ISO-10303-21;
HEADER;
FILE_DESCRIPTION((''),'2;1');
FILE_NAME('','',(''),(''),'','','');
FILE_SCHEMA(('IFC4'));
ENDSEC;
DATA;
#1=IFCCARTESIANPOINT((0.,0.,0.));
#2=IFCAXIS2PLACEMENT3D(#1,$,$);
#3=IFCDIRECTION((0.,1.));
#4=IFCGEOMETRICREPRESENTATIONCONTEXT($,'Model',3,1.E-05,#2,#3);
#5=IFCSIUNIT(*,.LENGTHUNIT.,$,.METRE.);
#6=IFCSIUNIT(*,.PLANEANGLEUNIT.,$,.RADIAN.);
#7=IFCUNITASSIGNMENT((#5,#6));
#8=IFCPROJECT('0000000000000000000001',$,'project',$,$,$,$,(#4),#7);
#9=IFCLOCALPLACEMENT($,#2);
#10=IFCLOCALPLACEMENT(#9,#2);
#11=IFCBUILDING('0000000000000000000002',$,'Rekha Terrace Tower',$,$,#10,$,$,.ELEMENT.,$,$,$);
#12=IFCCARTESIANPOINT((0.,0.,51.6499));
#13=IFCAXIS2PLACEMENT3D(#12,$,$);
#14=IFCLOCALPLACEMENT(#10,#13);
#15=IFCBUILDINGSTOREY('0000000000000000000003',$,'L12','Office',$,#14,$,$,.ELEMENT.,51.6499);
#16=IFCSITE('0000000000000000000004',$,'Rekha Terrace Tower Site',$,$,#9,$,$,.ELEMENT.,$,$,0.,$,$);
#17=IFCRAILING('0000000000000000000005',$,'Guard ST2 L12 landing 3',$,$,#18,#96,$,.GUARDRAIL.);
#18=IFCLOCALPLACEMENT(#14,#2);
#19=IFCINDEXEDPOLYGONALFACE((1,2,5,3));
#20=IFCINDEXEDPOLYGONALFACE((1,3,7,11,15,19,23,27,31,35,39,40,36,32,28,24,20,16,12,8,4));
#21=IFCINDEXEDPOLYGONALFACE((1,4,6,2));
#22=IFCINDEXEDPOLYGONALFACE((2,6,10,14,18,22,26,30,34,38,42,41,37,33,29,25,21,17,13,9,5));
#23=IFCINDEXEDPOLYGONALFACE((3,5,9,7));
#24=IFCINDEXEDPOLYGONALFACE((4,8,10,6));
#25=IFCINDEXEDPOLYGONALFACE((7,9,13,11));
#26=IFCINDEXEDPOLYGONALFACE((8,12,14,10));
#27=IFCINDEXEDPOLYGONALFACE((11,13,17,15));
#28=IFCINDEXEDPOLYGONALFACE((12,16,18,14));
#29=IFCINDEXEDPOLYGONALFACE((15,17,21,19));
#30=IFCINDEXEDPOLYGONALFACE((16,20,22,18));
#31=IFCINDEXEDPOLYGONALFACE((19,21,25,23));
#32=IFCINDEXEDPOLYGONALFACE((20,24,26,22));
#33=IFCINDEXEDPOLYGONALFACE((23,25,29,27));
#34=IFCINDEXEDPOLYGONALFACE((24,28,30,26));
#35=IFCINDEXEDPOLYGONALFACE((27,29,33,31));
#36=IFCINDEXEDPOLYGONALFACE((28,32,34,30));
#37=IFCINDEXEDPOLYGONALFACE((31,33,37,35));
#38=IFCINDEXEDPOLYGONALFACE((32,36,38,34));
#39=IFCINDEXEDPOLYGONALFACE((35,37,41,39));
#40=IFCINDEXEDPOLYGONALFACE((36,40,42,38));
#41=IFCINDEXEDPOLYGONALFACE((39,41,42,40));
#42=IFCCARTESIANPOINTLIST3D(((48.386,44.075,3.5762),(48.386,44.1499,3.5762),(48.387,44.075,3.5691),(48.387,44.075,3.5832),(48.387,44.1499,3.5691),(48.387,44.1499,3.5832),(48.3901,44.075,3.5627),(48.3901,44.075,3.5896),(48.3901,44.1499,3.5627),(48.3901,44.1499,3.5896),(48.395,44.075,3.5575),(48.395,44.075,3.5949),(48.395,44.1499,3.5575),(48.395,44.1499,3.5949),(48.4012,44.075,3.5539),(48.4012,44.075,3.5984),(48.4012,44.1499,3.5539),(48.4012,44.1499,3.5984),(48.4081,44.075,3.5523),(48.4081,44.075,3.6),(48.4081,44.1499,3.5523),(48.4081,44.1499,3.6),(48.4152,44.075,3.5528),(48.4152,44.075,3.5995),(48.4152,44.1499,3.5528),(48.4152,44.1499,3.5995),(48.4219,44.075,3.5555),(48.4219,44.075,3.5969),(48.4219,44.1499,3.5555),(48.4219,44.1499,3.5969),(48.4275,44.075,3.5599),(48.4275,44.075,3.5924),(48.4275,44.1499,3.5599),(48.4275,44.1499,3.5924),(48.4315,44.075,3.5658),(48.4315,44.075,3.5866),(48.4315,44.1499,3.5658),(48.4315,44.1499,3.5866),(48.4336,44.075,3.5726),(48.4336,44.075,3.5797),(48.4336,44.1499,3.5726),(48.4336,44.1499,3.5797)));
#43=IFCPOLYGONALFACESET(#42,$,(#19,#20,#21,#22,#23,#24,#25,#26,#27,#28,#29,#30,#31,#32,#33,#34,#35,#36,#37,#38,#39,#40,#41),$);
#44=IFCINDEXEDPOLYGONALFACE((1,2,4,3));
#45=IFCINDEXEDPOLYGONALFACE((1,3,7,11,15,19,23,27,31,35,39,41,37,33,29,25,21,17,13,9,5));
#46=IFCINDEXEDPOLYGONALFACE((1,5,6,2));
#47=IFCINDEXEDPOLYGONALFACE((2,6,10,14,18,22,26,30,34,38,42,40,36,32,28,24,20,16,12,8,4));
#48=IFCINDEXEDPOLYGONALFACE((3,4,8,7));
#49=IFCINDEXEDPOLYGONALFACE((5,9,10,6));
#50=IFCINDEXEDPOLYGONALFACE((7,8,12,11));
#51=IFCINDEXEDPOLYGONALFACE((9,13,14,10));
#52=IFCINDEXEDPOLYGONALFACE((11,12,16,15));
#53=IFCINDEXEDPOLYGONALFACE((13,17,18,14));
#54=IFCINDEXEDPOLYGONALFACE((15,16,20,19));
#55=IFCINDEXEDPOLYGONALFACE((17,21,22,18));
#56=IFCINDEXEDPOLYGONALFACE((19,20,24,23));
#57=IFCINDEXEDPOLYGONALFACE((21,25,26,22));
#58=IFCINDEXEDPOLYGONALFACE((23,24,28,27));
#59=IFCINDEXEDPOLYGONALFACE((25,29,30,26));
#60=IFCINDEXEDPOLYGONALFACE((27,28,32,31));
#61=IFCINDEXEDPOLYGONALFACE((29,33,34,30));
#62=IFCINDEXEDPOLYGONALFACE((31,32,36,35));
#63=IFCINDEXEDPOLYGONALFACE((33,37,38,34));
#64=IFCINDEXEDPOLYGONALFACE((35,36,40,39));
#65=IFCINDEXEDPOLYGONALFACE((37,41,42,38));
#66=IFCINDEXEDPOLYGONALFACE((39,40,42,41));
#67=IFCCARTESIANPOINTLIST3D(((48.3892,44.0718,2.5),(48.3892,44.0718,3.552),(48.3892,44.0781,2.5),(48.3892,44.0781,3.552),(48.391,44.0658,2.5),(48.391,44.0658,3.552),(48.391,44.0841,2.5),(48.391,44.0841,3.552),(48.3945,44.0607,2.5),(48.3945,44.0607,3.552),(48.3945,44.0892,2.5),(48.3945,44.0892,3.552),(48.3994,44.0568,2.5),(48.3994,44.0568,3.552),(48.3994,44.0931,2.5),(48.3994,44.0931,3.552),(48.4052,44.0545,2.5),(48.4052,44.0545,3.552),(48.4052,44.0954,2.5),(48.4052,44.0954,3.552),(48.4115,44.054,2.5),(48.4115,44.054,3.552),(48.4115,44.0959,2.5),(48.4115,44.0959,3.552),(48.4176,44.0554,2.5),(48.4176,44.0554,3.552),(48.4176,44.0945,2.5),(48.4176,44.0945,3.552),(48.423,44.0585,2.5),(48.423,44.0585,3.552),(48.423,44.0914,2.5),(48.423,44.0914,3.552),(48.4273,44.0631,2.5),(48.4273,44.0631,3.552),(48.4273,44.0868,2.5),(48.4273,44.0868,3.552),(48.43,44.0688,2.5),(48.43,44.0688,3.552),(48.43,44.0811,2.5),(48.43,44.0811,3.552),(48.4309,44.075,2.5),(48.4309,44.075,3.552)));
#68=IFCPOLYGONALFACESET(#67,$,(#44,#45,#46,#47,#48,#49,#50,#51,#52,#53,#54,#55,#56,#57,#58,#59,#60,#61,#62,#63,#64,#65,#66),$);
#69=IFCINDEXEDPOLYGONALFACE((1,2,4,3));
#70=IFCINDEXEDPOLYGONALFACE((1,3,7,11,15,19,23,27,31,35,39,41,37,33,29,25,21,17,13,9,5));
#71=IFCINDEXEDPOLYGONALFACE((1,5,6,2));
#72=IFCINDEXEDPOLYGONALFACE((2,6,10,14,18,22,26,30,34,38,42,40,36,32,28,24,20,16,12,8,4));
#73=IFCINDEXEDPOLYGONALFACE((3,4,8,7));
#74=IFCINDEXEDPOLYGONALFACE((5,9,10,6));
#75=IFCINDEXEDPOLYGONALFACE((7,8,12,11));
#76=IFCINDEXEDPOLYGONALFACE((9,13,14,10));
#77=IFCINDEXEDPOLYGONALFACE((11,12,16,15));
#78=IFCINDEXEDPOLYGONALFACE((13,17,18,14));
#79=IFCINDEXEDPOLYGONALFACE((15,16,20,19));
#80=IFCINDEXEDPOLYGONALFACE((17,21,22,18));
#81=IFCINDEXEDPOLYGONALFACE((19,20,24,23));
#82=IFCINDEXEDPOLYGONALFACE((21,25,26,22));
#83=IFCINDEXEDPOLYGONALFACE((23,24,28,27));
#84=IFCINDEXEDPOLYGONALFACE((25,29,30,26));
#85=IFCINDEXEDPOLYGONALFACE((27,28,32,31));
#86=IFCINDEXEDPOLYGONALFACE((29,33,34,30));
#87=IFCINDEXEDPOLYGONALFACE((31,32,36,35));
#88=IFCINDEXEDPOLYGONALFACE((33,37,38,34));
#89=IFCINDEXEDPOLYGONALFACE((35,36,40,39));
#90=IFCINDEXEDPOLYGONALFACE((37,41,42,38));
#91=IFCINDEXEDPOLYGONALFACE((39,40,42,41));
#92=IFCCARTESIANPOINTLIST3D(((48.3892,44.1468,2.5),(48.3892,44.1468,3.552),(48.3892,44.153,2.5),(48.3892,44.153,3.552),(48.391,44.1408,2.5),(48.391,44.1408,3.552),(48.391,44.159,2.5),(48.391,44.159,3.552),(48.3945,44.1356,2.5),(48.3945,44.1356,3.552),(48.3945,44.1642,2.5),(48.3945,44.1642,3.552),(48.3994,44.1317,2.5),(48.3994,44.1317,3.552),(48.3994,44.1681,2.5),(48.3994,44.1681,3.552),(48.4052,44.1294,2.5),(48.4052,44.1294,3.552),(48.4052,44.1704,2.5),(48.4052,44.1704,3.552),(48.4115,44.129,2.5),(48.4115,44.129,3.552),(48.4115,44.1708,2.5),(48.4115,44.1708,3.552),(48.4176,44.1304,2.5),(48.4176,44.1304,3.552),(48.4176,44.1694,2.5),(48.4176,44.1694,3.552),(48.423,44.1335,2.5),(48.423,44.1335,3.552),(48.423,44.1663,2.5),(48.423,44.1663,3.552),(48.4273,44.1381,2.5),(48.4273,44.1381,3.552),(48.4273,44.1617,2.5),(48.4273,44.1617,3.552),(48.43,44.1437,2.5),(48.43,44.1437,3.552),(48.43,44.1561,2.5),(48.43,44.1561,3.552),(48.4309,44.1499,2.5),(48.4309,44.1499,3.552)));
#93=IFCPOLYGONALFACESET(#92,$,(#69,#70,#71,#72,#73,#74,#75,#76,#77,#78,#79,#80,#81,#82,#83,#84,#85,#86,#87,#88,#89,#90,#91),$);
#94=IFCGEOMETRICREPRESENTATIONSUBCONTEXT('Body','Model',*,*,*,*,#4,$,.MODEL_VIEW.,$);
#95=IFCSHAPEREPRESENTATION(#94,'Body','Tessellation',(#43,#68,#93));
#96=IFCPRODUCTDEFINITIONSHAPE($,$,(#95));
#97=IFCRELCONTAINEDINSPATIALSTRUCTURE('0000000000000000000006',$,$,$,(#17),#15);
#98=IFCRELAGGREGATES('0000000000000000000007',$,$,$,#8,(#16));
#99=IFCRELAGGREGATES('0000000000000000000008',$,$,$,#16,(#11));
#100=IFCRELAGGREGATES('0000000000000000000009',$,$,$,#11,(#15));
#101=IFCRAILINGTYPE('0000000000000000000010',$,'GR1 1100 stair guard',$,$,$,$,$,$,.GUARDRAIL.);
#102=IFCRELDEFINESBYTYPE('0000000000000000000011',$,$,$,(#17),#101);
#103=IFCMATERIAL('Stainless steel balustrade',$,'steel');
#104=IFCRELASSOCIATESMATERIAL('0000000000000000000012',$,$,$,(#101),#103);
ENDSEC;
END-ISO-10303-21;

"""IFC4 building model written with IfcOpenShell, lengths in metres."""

from ifc_helpers import new_model, si_unit, direction, frame, origin, origin_2d, place, context, subcontext, project, spatial, circle, extrude, material, type_object, element, save


model = new_model("IFC4")

# Units and contexts
model_context = context("Model", 3, precision=1e-05, world=origin(), true_north=direction((0.0, 1.0)))
body_context = subcontext(model_context, "Body", "Model", "MODEL_VIEW")
ifc_project = project(units=[si_unit("LENGTHUNIT", "METRE"), si_unit("PLANEANGLEUNIT", "RADIAN")], contexts=[model_context])

# Site, building, storey
site_placement = place(None, origin())
site = spatial("IfcSite", under=ifc_project, at=site_placement, Name="Rekha Terrace Tower Site", CompositionType="ELEMENT", RefElevation=0.0)
building_placement = place(site_placement, origin())
building = spatial("IfcBuilding", under=site, at=building_placement, Name="Rekha Terrace Tower", CompositionType="ELEMENT")
storey_placement = place(building_placement, frame((0.0, 0.0, 51.6499)))
storey = spatial("IfcBuildingStorey", under=building, at=storey_placement, Name="L12", Description="Office", CompositionType="ELEMENT", Elevation=51.6499)

# Railing
ifc_material_1 = material(Name="Stainless steel balustrade", Category="steel")
railing_type_1 = type_object("IfcRailingType", Name="GR1 1100 stair guard", PredefinedType="GUARDRAIL", material=ifc_material_1)
railing_1_placement = place(storey_placement, frame((48.4099, 44.075, 2.5)))
element("IfcRailing", 1, at=railing_1_placement, inside=storey, type_object=railing_type_1, Name="Guard ST2 L12 landing 3", PredefinedType="GUARDRAIL", context=body_context, shape_type="SweptSolid", body=[
    extrude(circle(Radius=0.0239, at=origin_2d()), frame((0.0, 0.0, 1.0762), z_axis=(0.0, 1.0, 0.0), x_axis=(-1.0, 0.0, 0.0)), (0.0, 0.0, 1.0), 0.075),
    extrude(circle(Radius=0.021, at=origin_2d()), origin(), (0.0, 0.0, 1.0), 1.052),
    extrude(circle(Radius=0.021, at=origin_2d()), frame((0.0, 0.075, 0.0)), (0.0, 0.0, 1.0), 1.052),
])

save(model, "model.ifc")
